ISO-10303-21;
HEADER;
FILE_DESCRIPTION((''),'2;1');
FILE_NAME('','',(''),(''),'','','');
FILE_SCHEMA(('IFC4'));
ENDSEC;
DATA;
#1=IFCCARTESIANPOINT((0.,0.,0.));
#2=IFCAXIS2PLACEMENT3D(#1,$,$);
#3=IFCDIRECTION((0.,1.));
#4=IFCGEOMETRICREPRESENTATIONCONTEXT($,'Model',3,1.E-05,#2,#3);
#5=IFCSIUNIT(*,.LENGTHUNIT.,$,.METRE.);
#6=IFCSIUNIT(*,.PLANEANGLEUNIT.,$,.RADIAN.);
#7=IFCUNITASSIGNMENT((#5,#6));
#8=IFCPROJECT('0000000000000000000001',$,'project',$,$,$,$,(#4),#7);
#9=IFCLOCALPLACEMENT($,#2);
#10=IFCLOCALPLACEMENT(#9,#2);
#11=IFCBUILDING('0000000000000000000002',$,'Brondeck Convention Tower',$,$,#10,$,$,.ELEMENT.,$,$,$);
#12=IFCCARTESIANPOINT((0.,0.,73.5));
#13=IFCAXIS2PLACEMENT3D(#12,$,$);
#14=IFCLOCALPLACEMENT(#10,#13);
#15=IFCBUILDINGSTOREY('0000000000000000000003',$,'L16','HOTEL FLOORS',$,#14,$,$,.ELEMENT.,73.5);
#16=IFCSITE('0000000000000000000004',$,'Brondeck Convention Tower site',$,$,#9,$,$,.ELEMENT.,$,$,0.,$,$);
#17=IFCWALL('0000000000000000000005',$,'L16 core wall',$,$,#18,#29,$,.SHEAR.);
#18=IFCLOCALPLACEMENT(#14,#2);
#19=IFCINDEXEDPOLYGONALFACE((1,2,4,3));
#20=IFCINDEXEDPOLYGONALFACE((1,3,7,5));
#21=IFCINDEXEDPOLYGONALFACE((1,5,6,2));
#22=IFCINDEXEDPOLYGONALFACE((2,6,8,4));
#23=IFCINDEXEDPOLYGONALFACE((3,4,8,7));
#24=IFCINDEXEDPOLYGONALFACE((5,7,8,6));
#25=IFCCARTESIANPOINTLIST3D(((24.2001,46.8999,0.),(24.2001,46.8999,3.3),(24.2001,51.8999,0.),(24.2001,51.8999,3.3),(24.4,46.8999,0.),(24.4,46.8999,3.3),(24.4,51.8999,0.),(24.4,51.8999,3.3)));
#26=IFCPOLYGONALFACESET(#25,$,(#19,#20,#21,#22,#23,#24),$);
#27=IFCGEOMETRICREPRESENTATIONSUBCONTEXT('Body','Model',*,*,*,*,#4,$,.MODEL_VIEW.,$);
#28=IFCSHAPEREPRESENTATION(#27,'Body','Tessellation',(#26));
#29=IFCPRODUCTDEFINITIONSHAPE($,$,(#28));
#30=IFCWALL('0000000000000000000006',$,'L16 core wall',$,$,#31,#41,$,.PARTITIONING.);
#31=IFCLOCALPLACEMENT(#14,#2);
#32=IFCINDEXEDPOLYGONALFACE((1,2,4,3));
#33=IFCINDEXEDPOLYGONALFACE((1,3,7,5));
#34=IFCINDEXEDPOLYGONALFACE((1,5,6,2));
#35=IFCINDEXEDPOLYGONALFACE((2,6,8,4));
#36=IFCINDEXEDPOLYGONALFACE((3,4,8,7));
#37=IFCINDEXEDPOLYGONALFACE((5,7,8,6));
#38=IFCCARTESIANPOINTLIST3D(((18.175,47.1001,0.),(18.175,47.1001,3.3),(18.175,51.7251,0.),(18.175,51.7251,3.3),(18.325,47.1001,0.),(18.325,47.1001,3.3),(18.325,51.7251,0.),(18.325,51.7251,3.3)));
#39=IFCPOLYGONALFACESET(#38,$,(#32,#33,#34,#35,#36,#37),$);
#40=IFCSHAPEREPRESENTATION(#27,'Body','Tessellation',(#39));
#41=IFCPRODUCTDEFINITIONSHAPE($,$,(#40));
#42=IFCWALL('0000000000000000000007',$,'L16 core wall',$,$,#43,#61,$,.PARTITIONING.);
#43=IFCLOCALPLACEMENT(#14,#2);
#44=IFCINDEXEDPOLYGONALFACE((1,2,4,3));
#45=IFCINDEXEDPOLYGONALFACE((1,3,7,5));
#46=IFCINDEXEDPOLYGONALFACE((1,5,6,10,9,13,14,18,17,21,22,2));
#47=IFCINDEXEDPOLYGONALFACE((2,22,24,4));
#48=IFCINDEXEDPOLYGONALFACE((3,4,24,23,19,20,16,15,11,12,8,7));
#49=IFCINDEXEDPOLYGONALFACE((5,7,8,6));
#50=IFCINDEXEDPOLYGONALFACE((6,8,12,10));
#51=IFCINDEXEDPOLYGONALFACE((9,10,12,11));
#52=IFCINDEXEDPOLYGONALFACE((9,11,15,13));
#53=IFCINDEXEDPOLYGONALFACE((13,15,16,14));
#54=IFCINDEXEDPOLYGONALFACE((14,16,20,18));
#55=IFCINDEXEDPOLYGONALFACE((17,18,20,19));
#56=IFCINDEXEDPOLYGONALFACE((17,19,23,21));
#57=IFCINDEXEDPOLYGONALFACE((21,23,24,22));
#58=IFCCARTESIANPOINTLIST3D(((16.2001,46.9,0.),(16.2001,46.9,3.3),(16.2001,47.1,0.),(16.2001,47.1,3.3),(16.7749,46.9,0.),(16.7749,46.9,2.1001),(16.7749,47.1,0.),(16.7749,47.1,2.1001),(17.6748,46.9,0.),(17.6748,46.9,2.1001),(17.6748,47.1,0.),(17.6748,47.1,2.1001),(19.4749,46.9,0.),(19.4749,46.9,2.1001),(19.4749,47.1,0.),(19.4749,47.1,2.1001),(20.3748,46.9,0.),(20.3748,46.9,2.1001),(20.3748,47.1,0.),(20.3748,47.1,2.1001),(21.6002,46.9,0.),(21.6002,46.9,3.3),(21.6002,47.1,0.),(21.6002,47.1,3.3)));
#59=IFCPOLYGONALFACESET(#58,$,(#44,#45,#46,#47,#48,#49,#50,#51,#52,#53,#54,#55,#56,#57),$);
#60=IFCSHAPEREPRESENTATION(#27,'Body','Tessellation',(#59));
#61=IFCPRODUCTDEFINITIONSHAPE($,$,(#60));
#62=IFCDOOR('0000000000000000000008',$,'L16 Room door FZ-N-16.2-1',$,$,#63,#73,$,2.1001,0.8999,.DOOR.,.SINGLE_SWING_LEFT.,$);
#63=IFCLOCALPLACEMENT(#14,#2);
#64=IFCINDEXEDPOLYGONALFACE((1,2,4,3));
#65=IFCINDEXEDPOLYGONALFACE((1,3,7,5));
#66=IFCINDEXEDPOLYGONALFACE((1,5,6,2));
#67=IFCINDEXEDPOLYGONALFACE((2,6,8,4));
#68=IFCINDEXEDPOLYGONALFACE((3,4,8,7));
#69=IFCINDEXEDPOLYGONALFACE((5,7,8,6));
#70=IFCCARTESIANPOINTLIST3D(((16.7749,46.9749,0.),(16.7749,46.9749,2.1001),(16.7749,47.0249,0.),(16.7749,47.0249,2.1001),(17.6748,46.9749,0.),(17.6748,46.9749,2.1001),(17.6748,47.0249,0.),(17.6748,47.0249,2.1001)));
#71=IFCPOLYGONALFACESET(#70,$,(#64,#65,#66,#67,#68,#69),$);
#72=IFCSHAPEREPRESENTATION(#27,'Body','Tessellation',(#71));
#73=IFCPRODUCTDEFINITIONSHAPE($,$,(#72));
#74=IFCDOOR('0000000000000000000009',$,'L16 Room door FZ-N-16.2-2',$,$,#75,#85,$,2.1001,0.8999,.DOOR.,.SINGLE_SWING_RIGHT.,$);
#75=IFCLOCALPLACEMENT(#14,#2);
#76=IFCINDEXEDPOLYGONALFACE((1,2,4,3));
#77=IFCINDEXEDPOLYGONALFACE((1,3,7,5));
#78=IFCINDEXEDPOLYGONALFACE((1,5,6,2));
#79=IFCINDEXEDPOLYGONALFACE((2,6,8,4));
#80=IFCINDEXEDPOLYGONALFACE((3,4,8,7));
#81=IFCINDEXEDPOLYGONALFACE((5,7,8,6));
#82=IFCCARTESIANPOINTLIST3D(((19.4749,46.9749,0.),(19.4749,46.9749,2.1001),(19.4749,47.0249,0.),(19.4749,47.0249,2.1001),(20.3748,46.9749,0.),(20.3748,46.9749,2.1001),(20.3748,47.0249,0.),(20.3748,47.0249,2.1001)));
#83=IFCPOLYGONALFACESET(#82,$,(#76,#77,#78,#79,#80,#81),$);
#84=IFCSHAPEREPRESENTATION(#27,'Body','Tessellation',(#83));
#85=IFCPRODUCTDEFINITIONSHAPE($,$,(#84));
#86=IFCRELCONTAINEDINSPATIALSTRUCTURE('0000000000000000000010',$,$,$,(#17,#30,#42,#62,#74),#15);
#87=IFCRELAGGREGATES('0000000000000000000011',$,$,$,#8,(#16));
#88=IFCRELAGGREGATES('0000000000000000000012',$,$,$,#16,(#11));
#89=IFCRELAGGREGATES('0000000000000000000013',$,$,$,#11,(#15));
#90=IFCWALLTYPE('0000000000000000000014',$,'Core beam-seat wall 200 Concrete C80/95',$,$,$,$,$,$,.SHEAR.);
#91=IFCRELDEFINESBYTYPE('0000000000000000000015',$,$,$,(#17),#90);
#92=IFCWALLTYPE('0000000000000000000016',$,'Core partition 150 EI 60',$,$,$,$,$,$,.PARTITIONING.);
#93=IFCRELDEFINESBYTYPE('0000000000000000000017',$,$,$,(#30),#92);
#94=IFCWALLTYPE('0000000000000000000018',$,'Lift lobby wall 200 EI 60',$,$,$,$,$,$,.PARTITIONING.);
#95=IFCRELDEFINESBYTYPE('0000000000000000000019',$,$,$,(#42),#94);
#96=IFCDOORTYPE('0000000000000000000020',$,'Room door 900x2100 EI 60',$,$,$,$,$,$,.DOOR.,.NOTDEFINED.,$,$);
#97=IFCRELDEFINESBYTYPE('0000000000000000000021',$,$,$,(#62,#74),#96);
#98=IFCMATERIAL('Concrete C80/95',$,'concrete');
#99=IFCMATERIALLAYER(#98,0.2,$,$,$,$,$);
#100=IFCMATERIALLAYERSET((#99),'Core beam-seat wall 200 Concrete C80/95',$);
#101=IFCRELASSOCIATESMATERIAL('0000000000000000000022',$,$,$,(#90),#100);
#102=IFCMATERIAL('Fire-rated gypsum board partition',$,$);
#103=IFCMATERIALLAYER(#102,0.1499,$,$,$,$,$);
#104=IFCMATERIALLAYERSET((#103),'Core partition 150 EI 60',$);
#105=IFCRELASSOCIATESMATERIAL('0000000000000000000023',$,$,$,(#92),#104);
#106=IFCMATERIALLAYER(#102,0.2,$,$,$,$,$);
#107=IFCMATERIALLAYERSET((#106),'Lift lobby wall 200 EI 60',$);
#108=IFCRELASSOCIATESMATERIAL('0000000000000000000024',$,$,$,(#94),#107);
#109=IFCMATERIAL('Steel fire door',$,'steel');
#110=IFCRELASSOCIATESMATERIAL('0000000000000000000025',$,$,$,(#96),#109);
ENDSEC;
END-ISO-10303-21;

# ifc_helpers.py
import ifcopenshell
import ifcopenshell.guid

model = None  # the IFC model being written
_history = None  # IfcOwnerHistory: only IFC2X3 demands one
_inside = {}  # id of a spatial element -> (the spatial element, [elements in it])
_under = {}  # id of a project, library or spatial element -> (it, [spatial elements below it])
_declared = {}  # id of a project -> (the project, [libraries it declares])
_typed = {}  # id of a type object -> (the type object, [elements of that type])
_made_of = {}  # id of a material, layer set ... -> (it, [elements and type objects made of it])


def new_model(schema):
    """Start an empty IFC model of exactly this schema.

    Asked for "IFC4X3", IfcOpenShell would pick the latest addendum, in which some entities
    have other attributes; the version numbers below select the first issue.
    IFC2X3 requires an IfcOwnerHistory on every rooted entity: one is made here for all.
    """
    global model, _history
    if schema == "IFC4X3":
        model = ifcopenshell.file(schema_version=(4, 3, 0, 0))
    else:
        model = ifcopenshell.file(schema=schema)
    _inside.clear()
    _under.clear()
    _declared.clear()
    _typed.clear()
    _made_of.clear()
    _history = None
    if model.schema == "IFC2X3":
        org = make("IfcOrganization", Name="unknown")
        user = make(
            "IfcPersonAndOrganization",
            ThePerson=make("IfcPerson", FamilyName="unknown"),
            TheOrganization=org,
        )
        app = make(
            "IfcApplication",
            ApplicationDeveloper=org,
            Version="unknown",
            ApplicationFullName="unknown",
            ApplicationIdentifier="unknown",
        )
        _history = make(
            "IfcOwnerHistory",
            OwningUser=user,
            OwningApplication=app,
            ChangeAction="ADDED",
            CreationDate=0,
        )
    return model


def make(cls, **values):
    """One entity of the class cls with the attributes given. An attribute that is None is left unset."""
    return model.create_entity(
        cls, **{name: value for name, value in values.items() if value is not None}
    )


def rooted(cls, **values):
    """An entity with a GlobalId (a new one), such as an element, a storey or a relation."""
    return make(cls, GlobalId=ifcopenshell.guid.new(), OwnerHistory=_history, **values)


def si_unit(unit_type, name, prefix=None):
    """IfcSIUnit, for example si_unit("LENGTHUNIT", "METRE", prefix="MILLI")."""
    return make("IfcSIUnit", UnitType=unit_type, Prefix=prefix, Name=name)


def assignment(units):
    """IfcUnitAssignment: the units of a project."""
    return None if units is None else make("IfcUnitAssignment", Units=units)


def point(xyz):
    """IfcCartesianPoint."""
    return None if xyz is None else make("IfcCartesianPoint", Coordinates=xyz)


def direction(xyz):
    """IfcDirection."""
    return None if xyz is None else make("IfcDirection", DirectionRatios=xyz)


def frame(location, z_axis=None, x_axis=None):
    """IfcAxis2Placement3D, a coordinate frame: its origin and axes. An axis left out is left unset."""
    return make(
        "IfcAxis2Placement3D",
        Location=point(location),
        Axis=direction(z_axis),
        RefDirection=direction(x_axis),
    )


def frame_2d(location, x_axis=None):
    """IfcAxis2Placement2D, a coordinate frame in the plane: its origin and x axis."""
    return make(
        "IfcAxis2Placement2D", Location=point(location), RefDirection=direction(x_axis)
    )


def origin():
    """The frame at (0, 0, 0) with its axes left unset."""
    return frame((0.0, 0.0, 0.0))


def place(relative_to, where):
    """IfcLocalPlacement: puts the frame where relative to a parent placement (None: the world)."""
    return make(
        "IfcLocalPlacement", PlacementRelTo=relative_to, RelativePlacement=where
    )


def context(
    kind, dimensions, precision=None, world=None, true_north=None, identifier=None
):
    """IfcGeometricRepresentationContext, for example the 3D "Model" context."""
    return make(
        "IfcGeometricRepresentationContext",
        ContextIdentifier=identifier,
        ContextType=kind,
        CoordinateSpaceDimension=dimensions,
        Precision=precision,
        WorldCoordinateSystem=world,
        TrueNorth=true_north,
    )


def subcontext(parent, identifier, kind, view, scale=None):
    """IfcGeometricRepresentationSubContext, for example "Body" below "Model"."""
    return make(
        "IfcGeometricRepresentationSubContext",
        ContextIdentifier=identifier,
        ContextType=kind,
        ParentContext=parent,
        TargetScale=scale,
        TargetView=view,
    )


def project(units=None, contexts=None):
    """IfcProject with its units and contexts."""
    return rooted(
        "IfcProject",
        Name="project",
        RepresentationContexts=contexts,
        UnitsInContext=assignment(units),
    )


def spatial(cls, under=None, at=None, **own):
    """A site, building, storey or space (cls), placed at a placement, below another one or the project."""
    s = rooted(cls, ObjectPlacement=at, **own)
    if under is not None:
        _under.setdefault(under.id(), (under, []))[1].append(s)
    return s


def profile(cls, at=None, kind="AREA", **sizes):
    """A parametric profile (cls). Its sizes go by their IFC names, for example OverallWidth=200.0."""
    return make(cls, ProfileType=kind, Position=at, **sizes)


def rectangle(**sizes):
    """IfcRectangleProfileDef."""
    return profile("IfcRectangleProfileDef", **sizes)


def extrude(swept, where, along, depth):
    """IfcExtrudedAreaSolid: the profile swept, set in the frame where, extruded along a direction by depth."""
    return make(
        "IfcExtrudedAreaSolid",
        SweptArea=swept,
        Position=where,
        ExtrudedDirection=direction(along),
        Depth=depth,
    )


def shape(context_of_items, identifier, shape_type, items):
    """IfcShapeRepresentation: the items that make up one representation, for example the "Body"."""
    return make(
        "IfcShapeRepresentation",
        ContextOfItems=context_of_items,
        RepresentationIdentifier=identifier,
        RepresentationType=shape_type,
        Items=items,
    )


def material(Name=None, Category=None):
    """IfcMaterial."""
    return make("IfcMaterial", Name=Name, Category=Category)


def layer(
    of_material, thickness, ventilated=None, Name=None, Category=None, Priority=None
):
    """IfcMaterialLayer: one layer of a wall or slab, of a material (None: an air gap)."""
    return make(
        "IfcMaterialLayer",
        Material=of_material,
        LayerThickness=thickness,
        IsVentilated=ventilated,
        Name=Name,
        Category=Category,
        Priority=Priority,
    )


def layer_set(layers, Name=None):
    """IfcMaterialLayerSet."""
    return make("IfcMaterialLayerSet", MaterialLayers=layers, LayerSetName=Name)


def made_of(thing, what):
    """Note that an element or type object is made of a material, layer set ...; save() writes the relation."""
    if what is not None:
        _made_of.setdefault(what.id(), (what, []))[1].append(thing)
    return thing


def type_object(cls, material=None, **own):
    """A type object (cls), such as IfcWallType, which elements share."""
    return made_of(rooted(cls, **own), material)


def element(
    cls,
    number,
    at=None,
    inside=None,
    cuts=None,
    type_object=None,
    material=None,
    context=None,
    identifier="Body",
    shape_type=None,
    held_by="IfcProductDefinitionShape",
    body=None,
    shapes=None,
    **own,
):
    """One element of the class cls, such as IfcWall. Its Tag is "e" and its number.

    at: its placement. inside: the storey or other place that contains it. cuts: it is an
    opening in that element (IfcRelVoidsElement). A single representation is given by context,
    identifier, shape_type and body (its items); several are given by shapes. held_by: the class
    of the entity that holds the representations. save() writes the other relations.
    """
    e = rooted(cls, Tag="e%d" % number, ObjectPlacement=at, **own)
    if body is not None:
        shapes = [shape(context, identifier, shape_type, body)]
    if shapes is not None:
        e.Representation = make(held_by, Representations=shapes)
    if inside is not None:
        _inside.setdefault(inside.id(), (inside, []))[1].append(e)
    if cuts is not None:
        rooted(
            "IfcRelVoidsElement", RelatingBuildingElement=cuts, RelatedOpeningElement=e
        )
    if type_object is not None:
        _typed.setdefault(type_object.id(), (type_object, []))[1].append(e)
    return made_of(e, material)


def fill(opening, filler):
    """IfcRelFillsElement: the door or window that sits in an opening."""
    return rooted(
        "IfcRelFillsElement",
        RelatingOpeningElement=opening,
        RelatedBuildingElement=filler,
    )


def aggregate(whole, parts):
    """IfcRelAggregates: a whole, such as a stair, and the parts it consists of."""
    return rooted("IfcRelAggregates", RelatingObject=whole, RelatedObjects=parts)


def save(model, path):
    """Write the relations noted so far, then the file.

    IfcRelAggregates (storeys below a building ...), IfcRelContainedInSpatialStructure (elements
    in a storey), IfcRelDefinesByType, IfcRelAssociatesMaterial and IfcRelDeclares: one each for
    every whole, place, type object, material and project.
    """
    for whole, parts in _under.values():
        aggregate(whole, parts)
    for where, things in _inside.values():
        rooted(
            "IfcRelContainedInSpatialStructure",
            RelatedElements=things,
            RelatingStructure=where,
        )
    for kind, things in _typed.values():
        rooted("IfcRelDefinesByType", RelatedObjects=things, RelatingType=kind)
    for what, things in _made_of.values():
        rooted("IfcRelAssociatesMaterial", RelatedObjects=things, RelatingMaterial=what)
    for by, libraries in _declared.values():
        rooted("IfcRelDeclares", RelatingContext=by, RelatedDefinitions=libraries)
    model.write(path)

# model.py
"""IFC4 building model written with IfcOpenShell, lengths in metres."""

from ifc_helpers import new_model, si_unit, direction, frame, frame_2d, origin, place, context, subcontext, project, spatial, rectangle, extrude, material, layer, layer_set, type_object, element, fill, save


model = new_model("IFC4")

# Units and contexts
model_context = context("Model", 3, precision=1e-05, world=origin(), true_north=direction((0.0, 1.0)))
body_context = subcontext(model_context, "Body", "Model", "MODEL_VIEW")
ifc_project = project(units=[si_unit("LENGTHUNIT", "METRE"), si_unit("PLANEANGLEUNIT", "RADIAN")], contexts=[model_context])

# Site, building, storey
site_placement = place(None, origin())
site = spatial("IfcSite", under=ifc_project, at=site_placement, Name="Brondeck Convention Tower site", CompositionType="ELEMENT", RefElevation=0.0)
building_placement = place(site_placement, origin())
building = spatial("IfcBuilding", under=site, at=building_placement, Name="Brondeck Convention Tower", CompositionType="ELEMENT")
storey_placement = place(building_placement, frame((0.0, 0.0, 73.5)))
storey = spatial("IfcBuildingStorey", under=building, at=storey_placement, Name="L16", Description="HOTEL FLOORS", CompositionType="ELEMENT", Elevation=73.5)

# Walls
ifc_material_1 = material(Name="Concrete C80/95", Category="concrete")
ifc_layer_1 = layer(ifc_material_1, 0.2)
ifc_layer_set_1 = layer_set([ifc_layer_1], Name="Core beam-seat wall 200 Concrete C80/95")
wall_type_1 = type_object("IfcWallType", Name="Core beam-seat wall 200 Concrete C80/95", PredefinedType="SHEAR", material=ifc_layer_set_1)
wall_1_placement = place(storey_placement, frame((24.3, 46.8999, 0.0), z_axis=(0.0, 0.0, 1.0), x_axis=(0.0, 1.0, 0.0)))
element("IfcWall", 1, at=wall_1_placement, inside=storey, type_object=wall_type_1, Name="L16 core wall", PredefinedType="SHEAR", context=body_context, shape_type="SweptSolid", body=[
    extrude(rectangle(XDim=5.0, YDim=0.2, at=frame_2d((2.5, 0.0))), origin(), (0.0, 0.0, 1.0), 3.3),
])
ifc_material_2 = material(Name="Fire-rated gypsum board partition")
ifc_layer_2 = layer(ifc_material_2, 0.1499)
ifc_layer_set_2 = layer_set([ifc_layer_2], Name="Core partition 150 EI 60")
wall_type_2 = type_object("IfcWallType", Name="Core partition 150 EI 60", PredefinedType="PARTITIONING", material=ifc_layer_set_2)
wall_2_placement = place(storey_placement, frame((18.25, 47.1001, 0.0), z_axis=(0.0, 0.0, 1.0), x_axis=(0.0, 1.0, 0.0)))
element("IfcWall", 2, at=wall_2_placement, inside=storey, type_object=wall_type_2, Name="L16 core wall", PredefinedType="PARTITIONING", context=body_context, shape_type="SweptSolid", body=[
    extrude(rectangle(XDim=4.625, YDim=0.1499, at=frame_2d((2.3125, 0.0))), origin(), (0.0, 0.0, 1.0), 3.3),
])

# Wall, openings, doors
ifc_layer_3 = layer(ifc_material_2, 0.2)
ifc_layer_set_3 = layer_set([ifc_layer_3], Name="Lift lobby wall 200 EI 60")
wall_type_3 = type_object("IfcWallType", Name="Lift lobby wall 200 EI 60", PredefinedType="PARTITIONING", material=ifc_layer_set_3)
wall_3_placement = place(storey_placement, frame((16.2, 47.0, 0.0), z_axis=(0.0, 0.0, 1.0), x_axis=(1.0, 0.0, 0.0)))
wall_3 = element("IfcWall", 3, at=wall_3_placement, inside=storey, type_object=wall_type_3, Name="L16 core wall", PredefinedType="PARTITIONING", context=body_context, shape_type="SweptSolid", body=[
    extrude(rectangle(XDim=5.4001, YDim=0.2, at=frame_2d((2.7002, 0.0))), origin(), (0.0, 0.0, 1.0), 3.3),
])
opening_1_placement = place(wall_3_placement, frame((0.575, 0.0, 0.0)))
opening_1 = element("IfcOpeningElement", 4, at=opening_1_placement, cuts=wall_3, PredefinedType="OPENING", context=body_context, shape_type="SweptSolid", body=[
    extrude(rectangle(XDim=0.8999, YDim=2.1001, at=frame_2d((0.45, 1.05))), frame((0.0, 0.1099, 0.0), z_axis=(0.0, -1.0, 0.0), x_axis=(1.0, 0.0, 0.0)), (0.0, 0.0, 1.0), 0.22),
])
opening_2_placement = place(wall_3_placement, frame((3.2749, 0.0, 0.0)))
opening_2 = element("IfcOpeningElement", 5, at=opening_2_placement, cuts=wall_3, PredefinedType="OPENING", context=body_context, shape_type="SweptSolid", body=[
    extrude(rectangle(XDim=0.8999, YDim=2.1001, at=frame_2d((0.45, 1.05))), frame((0.0, 0.1099, 0.0), z_axis=(0.0, -1.0, 0.0), x_axis=(1.0, 0.0, 0.0)), (0.0, 0.0, 1.0), 0.22),
])
ifc_material_3 = material(Name="Steel fire door", Category="steel")
door_type_1 = type_object("IfcDoorType", Name="Room door 900x2100 EI 60", OperationType="NOTDEFINED", PredefinedType="DOOR", material=ifc_material_3)
door_1_placement = place(opening_1_placement, origin())
door_1 = element("IfcDoor", 6, at=door_1_placement, inside=storey, type_object=door_type_1, Name="L16 Room door FZ-N-16.2-1", OperationType="SINGLE_SWING_LEFT", OverallHeight=2.1001, OverallWidth=0.8999, PredefinedType="DOOR", context=body_context, shape_type="SweptSolid", body=[
    extrude(rectangle(XDim=0.8999, YDim=2.1001, at=frame_2d((0.45, 1.05))), frame((0.0, 0.0249, 0.0), z_axis=(0.0, -1.0, 0.0), x_axis=(1.0, 0.0, 0.0)), (0.0, 0.0, 1.0), 0.05),
])
fill(opening_1, door_1)
door_2_placement = place(opening_2_placement, origin())
door_2 = element("IfcDoor", 7, at=door_2_placement, inside=storey, type_object=door_type_1, Name="L16 Room door FZ-N-16.2-2", OperationType="SINGLE_SWING_RIGHT", OverallHeight=2.1001, OverallWidth=0.8999, PredefinedType="DOOR", context=body_context, shape_type="SweptSolid", body=[
    extrude(rectangle(XDim=0.8999, YDim=2.1001, at=frame_2d((0.45, 1.05))), frame((0.0, 0.0249, 0.0), z_axis=(0.0, -1.0, 0.0), x_axis=(1.0, 0.0, 0.0)), (0.0, 0.0, 1.0), 0.05),
])
fill(opening_2, door_2)

save(model, "model.ifc")
